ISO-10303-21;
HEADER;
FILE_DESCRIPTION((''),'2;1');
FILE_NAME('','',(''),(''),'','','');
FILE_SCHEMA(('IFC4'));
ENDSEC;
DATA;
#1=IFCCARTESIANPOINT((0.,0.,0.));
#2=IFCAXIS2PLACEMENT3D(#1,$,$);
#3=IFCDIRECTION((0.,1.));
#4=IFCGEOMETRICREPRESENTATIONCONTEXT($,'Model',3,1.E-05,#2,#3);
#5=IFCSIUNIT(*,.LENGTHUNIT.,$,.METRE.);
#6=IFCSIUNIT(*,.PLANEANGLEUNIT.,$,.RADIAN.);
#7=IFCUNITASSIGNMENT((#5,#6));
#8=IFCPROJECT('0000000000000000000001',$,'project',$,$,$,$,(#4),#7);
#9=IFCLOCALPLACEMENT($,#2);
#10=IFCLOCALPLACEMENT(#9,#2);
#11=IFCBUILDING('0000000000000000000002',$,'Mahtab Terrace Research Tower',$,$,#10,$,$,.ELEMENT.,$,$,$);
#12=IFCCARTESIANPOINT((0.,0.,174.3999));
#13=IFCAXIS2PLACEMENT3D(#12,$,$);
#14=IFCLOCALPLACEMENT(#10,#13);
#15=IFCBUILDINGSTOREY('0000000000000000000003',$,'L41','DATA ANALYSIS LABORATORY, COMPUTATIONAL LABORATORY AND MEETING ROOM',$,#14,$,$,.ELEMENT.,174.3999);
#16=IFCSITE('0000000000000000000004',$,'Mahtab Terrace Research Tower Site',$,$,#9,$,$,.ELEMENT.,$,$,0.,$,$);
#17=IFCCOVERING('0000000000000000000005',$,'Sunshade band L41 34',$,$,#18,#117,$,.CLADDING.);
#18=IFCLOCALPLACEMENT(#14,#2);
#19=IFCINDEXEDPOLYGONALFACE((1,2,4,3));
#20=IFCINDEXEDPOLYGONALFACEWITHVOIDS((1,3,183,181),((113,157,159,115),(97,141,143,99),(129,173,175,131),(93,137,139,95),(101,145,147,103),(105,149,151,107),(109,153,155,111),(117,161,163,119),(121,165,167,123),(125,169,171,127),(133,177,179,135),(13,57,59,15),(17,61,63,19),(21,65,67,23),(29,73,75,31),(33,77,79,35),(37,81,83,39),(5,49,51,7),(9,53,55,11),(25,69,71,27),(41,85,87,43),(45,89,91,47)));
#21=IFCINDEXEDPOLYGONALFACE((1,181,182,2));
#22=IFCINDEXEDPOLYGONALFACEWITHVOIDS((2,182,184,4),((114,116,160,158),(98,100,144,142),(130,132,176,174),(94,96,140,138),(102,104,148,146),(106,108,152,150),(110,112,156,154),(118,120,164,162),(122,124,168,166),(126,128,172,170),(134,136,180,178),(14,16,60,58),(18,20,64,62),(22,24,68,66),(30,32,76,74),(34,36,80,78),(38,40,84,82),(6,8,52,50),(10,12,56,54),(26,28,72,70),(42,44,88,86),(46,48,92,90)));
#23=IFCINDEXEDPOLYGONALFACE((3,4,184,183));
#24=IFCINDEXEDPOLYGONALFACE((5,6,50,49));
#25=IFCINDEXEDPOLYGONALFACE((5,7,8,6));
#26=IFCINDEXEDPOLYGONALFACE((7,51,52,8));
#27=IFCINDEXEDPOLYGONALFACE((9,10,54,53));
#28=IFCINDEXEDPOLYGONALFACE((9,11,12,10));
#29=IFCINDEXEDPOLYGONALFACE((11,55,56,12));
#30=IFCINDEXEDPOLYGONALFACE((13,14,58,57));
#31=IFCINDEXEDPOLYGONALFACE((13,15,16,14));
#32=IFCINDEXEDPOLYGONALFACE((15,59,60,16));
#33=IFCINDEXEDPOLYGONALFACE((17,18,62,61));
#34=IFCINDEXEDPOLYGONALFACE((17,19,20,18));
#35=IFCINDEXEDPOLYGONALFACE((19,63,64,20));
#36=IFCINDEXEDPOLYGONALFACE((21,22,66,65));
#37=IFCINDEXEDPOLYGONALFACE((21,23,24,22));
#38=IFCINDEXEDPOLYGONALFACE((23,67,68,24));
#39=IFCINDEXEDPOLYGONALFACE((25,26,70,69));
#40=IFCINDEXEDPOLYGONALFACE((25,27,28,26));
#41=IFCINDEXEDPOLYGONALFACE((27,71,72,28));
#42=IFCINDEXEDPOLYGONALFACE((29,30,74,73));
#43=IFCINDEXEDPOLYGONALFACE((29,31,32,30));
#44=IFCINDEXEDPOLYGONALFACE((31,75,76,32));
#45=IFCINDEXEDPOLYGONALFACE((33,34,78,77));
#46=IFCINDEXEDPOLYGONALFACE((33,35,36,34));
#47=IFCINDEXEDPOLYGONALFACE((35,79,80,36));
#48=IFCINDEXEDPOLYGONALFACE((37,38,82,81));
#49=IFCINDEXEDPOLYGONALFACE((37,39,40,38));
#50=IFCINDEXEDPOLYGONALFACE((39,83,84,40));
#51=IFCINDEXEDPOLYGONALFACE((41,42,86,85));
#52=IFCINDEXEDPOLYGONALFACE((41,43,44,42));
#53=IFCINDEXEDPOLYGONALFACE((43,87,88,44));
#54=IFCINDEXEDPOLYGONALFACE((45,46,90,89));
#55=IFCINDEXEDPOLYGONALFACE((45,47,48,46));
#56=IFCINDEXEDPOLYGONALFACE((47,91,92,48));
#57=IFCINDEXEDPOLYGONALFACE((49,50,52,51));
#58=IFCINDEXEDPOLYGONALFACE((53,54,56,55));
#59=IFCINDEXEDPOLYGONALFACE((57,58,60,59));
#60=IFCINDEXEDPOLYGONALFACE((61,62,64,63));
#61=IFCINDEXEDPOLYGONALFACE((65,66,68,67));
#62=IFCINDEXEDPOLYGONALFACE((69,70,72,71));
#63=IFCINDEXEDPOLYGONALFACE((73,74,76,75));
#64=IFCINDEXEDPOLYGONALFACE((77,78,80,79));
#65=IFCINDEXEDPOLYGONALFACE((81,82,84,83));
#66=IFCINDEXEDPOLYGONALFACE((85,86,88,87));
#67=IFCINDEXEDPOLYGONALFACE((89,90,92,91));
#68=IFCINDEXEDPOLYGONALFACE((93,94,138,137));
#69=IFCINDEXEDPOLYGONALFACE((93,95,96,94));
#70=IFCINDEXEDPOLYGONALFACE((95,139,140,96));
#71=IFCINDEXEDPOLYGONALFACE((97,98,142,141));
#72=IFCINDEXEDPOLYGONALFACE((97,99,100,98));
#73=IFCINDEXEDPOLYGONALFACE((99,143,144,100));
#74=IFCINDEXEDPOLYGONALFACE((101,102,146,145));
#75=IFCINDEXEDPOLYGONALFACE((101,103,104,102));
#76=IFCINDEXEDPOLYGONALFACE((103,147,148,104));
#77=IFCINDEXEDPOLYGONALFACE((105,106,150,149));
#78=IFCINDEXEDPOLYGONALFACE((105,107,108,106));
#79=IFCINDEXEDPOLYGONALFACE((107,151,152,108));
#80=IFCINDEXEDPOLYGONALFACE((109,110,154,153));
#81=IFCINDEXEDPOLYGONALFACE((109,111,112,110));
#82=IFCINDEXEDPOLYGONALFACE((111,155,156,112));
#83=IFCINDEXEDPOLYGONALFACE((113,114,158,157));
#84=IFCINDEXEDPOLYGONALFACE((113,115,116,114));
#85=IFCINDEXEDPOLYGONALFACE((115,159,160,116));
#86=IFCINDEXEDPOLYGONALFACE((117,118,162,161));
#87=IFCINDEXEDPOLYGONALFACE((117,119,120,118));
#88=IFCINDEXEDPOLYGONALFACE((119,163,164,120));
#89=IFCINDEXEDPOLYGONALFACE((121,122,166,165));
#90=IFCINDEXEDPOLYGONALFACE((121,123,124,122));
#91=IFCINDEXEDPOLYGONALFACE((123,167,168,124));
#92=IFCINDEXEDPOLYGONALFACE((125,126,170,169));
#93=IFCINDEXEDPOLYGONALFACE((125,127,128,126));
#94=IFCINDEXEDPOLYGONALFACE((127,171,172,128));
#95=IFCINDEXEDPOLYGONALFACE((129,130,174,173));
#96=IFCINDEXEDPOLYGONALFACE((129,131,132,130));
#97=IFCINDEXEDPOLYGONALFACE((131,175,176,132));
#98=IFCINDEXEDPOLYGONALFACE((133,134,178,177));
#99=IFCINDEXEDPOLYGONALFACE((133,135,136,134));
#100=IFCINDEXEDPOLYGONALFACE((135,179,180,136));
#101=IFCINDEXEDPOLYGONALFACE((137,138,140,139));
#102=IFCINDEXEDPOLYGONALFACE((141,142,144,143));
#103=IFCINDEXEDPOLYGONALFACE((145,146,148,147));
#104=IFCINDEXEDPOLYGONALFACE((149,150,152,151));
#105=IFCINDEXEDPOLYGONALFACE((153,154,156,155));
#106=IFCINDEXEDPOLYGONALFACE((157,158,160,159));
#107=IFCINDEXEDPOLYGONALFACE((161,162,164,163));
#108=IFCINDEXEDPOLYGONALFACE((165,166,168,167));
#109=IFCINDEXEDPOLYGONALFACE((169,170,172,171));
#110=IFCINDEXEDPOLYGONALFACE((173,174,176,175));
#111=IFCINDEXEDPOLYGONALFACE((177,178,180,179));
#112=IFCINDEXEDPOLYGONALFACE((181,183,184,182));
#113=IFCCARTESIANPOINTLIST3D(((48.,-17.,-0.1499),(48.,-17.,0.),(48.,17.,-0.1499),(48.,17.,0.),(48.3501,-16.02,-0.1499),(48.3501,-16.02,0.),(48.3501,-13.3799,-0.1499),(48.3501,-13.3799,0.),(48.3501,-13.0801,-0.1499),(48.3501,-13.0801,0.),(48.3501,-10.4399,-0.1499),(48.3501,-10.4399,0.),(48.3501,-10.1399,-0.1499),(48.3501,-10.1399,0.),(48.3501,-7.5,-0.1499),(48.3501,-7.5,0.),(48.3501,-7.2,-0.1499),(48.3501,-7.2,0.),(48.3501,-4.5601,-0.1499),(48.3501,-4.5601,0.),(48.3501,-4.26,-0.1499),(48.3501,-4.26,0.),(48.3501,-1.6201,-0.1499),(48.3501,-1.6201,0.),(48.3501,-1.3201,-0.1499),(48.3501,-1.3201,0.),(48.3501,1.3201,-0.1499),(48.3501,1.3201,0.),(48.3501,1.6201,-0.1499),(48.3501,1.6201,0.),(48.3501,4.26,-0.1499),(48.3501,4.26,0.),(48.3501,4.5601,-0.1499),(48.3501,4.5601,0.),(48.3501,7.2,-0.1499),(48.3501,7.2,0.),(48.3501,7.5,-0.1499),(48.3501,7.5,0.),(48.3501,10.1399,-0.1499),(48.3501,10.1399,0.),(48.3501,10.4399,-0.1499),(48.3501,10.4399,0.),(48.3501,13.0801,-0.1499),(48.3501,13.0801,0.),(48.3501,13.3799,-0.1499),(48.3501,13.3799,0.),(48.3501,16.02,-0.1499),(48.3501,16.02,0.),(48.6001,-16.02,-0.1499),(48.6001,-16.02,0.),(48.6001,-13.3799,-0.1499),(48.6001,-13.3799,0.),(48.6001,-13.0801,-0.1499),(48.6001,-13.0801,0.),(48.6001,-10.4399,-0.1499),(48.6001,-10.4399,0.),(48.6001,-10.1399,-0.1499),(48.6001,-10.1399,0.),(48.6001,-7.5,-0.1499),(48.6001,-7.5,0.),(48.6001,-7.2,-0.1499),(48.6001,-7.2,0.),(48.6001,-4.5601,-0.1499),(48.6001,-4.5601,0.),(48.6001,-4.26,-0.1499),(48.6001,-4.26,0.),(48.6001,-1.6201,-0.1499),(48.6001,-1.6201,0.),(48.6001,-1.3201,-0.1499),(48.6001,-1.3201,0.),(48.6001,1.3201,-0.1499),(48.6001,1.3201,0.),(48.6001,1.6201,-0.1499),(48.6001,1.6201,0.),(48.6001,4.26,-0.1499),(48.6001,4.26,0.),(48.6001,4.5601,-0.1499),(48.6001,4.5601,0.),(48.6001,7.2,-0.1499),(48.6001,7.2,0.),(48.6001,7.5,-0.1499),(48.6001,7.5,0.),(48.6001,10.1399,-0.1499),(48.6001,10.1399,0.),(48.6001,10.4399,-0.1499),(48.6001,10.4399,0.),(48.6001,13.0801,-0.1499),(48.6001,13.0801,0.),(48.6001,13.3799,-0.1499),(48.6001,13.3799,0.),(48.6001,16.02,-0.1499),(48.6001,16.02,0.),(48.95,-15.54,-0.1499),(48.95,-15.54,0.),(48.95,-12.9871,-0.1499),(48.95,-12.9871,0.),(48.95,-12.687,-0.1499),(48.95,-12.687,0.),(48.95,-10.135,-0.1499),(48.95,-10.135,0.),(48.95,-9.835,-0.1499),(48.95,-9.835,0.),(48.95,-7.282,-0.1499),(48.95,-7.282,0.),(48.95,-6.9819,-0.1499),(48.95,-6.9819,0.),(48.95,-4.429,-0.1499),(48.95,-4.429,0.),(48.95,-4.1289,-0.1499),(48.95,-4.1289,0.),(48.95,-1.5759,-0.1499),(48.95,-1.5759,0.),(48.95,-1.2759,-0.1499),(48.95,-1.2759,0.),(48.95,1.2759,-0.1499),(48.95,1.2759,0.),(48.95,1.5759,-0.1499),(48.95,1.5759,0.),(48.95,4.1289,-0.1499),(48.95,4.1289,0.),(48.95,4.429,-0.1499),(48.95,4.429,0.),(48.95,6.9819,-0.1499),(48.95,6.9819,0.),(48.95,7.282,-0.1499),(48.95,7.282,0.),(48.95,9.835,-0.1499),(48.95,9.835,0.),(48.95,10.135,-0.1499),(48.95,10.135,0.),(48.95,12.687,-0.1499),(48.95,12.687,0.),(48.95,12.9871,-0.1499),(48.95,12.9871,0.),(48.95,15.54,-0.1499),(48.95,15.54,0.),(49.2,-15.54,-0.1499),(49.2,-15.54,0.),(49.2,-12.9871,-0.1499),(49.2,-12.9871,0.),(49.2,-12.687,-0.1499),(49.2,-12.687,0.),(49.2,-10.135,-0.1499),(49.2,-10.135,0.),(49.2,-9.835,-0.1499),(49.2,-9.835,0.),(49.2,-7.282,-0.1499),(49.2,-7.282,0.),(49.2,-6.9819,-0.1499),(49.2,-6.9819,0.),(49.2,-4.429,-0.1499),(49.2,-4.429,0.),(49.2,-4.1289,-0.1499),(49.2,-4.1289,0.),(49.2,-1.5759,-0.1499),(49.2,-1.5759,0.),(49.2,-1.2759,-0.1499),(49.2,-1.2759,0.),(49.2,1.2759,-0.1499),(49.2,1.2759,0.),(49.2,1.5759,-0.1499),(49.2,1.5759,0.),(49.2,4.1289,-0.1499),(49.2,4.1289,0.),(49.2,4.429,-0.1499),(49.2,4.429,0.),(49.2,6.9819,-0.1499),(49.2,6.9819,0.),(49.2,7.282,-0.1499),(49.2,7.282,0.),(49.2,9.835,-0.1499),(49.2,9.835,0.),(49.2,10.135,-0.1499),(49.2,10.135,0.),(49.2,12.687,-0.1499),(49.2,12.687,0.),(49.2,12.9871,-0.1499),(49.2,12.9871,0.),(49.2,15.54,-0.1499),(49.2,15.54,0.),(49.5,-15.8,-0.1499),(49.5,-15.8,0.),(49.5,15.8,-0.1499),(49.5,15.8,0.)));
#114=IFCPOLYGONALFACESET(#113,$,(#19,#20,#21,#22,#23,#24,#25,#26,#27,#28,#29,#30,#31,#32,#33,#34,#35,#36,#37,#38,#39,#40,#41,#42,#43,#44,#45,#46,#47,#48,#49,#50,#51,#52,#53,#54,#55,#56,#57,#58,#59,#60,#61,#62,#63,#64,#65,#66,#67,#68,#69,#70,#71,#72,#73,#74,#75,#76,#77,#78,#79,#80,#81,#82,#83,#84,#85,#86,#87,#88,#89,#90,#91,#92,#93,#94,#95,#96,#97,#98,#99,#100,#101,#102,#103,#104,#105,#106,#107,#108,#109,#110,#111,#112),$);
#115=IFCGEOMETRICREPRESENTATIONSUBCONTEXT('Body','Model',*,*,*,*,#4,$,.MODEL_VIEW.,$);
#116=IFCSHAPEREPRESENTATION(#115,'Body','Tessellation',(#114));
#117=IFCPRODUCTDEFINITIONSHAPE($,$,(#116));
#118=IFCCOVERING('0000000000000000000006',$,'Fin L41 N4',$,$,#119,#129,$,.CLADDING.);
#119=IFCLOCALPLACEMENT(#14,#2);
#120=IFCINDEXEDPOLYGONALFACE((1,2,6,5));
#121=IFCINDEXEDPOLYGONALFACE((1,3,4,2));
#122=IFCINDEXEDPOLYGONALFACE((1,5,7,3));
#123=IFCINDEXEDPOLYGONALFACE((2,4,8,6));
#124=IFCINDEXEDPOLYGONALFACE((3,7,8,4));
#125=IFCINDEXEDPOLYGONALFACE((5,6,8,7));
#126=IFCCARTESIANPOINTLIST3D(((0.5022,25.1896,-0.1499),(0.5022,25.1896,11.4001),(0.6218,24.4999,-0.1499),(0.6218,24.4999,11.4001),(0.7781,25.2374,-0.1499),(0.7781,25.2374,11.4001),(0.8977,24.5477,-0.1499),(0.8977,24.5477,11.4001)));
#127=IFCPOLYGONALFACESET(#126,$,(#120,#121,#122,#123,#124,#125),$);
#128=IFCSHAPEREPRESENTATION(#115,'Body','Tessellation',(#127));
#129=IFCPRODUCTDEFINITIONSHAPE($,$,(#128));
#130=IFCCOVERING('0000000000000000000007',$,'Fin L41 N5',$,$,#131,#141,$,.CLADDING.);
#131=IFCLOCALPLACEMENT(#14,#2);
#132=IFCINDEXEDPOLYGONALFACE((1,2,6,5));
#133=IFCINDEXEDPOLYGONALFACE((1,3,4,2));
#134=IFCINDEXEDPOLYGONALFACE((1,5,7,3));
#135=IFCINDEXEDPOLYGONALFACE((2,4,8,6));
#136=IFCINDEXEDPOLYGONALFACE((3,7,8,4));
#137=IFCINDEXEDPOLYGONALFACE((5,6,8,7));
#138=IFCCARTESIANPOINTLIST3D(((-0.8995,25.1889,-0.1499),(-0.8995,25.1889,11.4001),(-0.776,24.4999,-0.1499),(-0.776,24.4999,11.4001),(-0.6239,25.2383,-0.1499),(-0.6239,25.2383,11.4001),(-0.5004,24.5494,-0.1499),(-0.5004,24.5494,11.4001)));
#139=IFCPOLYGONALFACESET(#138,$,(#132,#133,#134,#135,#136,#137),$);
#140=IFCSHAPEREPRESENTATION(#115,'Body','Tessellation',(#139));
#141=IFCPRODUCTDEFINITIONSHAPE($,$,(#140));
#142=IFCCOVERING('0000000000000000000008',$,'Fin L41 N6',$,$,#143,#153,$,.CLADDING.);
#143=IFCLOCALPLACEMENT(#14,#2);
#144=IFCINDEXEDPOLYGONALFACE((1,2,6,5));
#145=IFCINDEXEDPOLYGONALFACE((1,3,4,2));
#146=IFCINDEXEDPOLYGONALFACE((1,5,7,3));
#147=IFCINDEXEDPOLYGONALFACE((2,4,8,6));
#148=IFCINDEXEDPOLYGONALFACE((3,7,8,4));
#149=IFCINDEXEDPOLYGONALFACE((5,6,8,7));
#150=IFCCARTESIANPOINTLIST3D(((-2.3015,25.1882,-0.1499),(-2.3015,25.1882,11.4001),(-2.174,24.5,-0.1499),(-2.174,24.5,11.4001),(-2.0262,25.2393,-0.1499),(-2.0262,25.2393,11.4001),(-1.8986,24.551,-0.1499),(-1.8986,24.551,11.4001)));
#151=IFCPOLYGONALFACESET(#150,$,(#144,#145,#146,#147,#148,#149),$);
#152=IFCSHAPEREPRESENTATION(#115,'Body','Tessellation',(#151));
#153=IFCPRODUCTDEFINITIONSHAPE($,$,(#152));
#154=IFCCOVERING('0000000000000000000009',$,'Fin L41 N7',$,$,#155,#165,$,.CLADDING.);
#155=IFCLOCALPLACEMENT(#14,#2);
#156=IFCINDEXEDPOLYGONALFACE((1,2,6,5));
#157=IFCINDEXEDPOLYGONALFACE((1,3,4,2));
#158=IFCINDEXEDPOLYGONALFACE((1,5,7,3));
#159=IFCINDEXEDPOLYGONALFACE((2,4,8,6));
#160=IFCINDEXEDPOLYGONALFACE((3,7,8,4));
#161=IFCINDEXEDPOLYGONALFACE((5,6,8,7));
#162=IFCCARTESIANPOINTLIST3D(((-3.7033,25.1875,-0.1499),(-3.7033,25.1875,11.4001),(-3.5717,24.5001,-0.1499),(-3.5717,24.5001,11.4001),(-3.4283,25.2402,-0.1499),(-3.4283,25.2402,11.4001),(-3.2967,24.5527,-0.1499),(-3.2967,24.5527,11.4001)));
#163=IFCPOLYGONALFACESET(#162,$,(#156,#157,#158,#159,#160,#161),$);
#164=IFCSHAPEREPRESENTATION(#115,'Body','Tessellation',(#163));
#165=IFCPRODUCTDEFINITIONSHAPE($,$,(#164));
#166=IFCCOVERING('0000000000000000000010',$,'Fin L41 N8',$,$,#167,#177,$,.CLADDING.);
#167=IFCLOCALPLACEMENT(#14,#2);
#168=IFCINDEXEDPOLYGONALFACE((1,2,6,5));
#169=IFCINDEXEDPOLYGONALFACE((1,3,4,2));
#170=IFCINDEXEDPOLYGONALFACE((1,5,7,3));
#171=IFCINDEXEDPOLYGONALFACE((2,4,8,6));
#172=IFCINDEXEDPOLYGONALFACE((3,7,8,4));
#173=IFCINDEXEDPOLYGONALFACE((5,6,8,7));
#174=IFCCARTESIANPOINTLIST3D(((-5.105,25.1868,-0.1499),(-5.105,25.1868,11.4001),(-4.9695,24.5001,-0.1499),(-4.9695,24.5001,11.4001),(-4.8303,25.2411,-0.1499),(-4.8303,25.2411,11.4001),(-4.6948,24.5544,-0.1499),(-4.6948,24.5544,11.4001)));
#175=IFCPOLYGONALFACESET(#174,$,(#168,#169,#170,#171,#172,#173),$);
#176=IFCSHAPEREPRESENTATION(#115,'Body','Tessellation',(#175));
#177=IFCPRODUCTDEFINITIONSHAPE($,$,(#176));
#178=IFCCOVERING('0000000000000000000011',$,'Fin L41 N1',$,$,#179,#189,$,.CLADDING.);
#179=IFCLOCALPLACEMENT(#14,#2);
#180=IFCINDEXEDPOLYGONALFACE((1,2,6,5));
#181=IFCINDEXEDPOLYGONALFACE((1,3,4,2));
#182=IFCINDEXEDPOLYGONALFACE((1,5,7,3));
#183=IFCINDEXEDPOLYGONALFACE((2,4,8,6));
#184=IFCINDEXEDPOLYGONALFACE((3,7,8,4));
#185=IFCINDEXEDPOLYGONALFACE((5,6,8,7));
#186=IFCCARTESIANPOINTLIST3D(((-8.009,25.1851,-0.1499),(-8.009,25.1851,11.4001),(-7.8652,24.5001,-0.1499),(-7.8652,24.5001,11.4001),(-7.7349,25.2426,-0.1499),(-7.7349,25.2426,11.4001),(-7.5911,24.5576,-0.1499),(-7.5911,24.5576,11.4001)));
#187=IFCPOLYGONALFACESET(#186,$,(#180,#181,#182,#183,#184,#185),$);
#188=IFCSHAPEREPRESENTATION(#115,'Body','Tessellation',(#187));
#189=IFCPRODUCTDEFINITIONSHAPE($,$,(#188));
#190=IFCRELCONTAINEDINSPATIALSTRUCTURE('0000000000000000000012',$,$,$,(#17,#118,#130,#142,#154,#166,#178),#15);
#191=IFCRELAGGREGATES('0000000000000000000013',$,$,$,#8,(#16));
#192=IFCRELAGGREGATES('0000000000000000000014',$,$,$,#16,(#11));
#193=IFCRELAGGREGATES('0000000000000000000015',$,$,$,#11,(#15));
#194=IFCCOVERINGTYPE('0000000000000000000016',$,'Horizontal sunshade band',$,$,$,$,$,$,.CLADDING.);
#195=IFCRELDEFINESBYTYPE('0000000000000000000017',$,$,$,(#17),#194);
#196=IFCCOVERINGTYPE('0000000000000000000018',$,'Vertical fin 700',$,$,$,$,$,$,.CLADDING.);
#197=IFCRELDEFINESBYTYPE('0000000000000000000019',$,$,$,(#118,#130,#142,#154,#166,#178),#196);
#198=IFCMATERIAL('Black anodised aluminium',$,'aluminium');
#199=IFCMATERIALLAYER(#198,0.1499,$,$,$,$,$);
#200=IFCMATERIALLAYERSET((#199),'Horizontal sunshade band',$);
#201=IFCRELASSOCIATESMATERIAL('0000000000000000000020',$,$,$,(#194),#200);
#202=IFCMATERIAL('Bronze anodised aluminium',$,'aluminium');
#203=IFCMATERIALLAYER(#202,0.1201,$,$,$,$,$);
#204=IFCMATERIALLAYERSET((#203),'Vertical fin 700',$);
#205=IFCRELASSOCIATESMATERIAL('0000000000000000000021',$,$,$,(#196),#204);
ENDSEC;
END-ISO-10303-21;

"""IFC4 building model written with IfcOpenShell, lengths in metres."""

from ifc_helpers import new_model, si_unit, direction, frame, origin, origin_2d, place, context, subcontext, project, spatial, polyline, rectangle, outline, extrude, material, layer, layer_set, type_object, element, save


model = new_model("IFC4")

# Units and contexts
model_context = context("Model", 3, precision=1e-05, world=origin(), true_north=direction((0.0, 1.0)))
body_context = subcontext(model_context, "Body", "Model", "MODEL_VIEW")
ifc_project = project(units=[si_unit("LENGTHUNIT", "METRE"), si_unit("PLANEANGLEUNIT", "RADIAN")], contexts=[model_context])

# Site, building, storey
site_placement = place(None, origin())
site = spatial("IfcSite", under=ifc_project, at=site_placement, Name="Mahtab Terrace Research Tower Site", CompositionType="ELEMENT", RefElevation=0.0)
building_placement = place(site_placement, origin())
building = spatial("IfcBuilding", under=site, at=building_placement, Name="Mahtab Terrace Research Tower", CompositionType="ELEMENT")
storey_placement = place(building_placement, frame((0.0, 0.0, 174.3999)))
storey = spatial("IfcBuildingStorey", under=building, at=storey_placement, Name="L41", Description="DATA ANALYSIS LABORATORY, COMPUTATIONAL LABORATORY AND MEETING ROOM", CompositionType="ELEMENT", Elevation=174.3999)

# Coverings
ifc_material_1 = material(Name="Black anodised aluminium", Category="aluminium")
ifc_layer_1 = layer(ifc_material_1, 0.1499)
ifc_layer_set_1 = layer_set([ifc_layer_1], Name="Horizontal sunshade band")
covering_type_1 = type_object("IfcCoveringType", Name="Horizontal sunshade band", PredefinedType="CLADDING", material=ifc_layer_set_1)
covering_1_placement = place(storey_placement, frame((0.0, 0.0, -0.1499)))
element("IfcCovering", 1, at=covering_1_placement, inside=storey, type_object=covering_type_1, Name="Sunshade band L41 34", PredefinedType="CLADDING", context=body_context, shape_type="SweptSolid", body=[
    extrude(outline(polyline([(48.0, -17.0), (48.0, 17.0), (49.5, 15.8), (49.5, -15.8), (48.0, -17.0)]), holes=[polyline([(48.3501, -16.02), (48.3501, -13.3799), (48.6001, -13.3799), (48.6001, -16.02), (48.3501, -16.02)]), polyline([(48.3501, -13.0801), (48.3501, -10.4399), (48.6001, -10.4399), (48.6001, -13.0801), (48.3501, -13.0801)]), polyline([(48.3501, -10.1399), (48.3501, -7.5), (48.6001, -7.5), (48.6001, -10.1399), (48.3501, -10.1399)]), polyline([(48.3501, -7.2), (48.3501, -4.5601), (48.6001, -4.5601), (48.6001, -7.2), (48.3501, -7.2)]), polyline([(48.3501, -4.26), (48.3501, -1.6201), (48.6001, -1.6201), (48.6001, -4.26), (48.3501, -4.26)]), polyline([(48.3501, -1.3201), (48.3501, 1.3201), (48.6001, 1.3201), (48.6001, -1.3201), (48.3501, -1.3201)]), polyline([(48.3501, 1.6201), (48.3501, 4.26), (48.6001, 4.26), (48.6001, 1.6201), (48.3501, 1.6201)]), polyline([(48.3501, 4.5601), (48.3501, 7.2), (48.6001, 7.2), (48.6001, 4.5601), (48.3501, 4.5601)]), polyline([(48.3501, 7.5), (48.3501, 10.1399), (48.6001, 10.1399), (48.6001, 7.5), (48.3501, 7.5)]), polyline([(48.3501, 10.4399), (48.3501, 13.0801), (48.6001, 13.0801), (48.6001, 10.4399), (48.3501, 10.4399)]), polyline([(48.3501, 13.3799), (48.3501, 16.02), (48.6001, 16.02), (48.6001, 13.3799), (48.3501, 13.3799)]), polyline([(48.95, -15.54), (48.95, -12.9871), (49.2, -12.9871), (49.2, -15.54), (48.95, -15.54)]), polyline([(48.95, -12.687), (48.95, -10.135), (49.2, -10.135), (49.2, -12.687), (48.95, -12.687)]), polyline([(48.95, -9.835), (48.95, -7.282), (49.2, -7.282), (49.2, -9.835), (48.95, -9.835)]), polyline([(48.95, -6.9819), (48.95, -4.429), (49.2, -4.429), (49.2, -6.9819), (48.95, -6.9819)]), polyline([(48.95, -4.1289), (48.95, -1.5759), (49.2, -1.5759), (49.2, -4.1289), (48.95, -4.1289)]), polyline([(48.95, -1.2759), (48.95, 1.2759), (49.2, 1.2759), (49.2, -1.2759), (48.95, -1.2759)]), polyline([(48.95, 1.5759), (48.95, 4.1289), (49.2, 4.1289), (49.2, 1.5759), (48.95, 1.5759)]), polyline([(48.95, 4.429), (48.95, 6.9819), (49.2, 6.9819), (49.2, 4.429), (48.95, 4.429)]), polyline([(48.95, 7.282), (48.95, 9.835), (49.2, 9.835), (49.2, 7.282), (48.95, 7.282)]), polyline([(48.95, 10.135), (48.95, 12.687), (49.2, 12.687), (49.2, 10.135), (48.95, 10.135)]), polyline([(48.95, 12.9871), (48.95, 15.54), (49.2, 15.54), (49.2, 12.9871), (48.95, 12.9871)])]), origin(), (0.0, 0.0, 1.0), 0.1499),
])
ifc_material_2 = material(Name="Bronze anodised aluminium", Category="aluminium")
ifc_layer_2 = layer(ifc_material_2, 0.1201)
ifc_layer_set_2 = layer_set([ifc_layer_2], Name="Vertical fin 700")
covering_type_2 = type_object("IfcCoveringType", Name="Vertical fin 700", PredefinedType="CLADDING", material=ifc_layer_set_2)
for number, where, z_axis, x_axis, name in (
    (2, (0.7, 24.8687, -0.1499), (0.0, 0.0, 1.0), (-0.985309, -0.170783, 0.0), "Fin L41 N4"),
    (3, (-0.7, 24.8691, -0.1499), (0.0, 0.0, 1.0), (-0.984298, -0.176512, 0.0), "Fin L41 N5"),
    (4, (-2.1001, 24.8696, -0.1499), (0.0, 0.0, 1.0), (-0.983255, -0.182236, 0.0), "Fin L41 N6"),
    (5, (-3.5, 24.8701, -0.1499), (0.0, 0.0, 1.0), (-0.982178, -0.187953, 0.0), "Fin L41 N7"),
    (6, (-4.8999, 24.8706, -0.1499), (0.0, 0.0, 1.0), (-0.981068, -0.193664, 0.0), "Fin L41 N8"),
    (7, (-7.8, 24.8713, -0.1499), (0.0, 0.0, 1.0), (-0.978663, -0.205472, 0.0), "Fin L41 N1"),
):
    element("IfcCovering", number, at=place(storey_placement, frame(where, z_axis=z_axis, x_axis=x_axis)), inside=storey, type_object=covering_type_2, Name=name, PredefinedType="CLADDING", context=body_context, shape_type="SweptSolid", body=[
        extrude(rectangle(XDim=0.28, YDim=0.7, at=origin_2d()), origin(), (0.0, 0.0, 1.0), 11.55),
    ])

save(model, "model.ifc")
